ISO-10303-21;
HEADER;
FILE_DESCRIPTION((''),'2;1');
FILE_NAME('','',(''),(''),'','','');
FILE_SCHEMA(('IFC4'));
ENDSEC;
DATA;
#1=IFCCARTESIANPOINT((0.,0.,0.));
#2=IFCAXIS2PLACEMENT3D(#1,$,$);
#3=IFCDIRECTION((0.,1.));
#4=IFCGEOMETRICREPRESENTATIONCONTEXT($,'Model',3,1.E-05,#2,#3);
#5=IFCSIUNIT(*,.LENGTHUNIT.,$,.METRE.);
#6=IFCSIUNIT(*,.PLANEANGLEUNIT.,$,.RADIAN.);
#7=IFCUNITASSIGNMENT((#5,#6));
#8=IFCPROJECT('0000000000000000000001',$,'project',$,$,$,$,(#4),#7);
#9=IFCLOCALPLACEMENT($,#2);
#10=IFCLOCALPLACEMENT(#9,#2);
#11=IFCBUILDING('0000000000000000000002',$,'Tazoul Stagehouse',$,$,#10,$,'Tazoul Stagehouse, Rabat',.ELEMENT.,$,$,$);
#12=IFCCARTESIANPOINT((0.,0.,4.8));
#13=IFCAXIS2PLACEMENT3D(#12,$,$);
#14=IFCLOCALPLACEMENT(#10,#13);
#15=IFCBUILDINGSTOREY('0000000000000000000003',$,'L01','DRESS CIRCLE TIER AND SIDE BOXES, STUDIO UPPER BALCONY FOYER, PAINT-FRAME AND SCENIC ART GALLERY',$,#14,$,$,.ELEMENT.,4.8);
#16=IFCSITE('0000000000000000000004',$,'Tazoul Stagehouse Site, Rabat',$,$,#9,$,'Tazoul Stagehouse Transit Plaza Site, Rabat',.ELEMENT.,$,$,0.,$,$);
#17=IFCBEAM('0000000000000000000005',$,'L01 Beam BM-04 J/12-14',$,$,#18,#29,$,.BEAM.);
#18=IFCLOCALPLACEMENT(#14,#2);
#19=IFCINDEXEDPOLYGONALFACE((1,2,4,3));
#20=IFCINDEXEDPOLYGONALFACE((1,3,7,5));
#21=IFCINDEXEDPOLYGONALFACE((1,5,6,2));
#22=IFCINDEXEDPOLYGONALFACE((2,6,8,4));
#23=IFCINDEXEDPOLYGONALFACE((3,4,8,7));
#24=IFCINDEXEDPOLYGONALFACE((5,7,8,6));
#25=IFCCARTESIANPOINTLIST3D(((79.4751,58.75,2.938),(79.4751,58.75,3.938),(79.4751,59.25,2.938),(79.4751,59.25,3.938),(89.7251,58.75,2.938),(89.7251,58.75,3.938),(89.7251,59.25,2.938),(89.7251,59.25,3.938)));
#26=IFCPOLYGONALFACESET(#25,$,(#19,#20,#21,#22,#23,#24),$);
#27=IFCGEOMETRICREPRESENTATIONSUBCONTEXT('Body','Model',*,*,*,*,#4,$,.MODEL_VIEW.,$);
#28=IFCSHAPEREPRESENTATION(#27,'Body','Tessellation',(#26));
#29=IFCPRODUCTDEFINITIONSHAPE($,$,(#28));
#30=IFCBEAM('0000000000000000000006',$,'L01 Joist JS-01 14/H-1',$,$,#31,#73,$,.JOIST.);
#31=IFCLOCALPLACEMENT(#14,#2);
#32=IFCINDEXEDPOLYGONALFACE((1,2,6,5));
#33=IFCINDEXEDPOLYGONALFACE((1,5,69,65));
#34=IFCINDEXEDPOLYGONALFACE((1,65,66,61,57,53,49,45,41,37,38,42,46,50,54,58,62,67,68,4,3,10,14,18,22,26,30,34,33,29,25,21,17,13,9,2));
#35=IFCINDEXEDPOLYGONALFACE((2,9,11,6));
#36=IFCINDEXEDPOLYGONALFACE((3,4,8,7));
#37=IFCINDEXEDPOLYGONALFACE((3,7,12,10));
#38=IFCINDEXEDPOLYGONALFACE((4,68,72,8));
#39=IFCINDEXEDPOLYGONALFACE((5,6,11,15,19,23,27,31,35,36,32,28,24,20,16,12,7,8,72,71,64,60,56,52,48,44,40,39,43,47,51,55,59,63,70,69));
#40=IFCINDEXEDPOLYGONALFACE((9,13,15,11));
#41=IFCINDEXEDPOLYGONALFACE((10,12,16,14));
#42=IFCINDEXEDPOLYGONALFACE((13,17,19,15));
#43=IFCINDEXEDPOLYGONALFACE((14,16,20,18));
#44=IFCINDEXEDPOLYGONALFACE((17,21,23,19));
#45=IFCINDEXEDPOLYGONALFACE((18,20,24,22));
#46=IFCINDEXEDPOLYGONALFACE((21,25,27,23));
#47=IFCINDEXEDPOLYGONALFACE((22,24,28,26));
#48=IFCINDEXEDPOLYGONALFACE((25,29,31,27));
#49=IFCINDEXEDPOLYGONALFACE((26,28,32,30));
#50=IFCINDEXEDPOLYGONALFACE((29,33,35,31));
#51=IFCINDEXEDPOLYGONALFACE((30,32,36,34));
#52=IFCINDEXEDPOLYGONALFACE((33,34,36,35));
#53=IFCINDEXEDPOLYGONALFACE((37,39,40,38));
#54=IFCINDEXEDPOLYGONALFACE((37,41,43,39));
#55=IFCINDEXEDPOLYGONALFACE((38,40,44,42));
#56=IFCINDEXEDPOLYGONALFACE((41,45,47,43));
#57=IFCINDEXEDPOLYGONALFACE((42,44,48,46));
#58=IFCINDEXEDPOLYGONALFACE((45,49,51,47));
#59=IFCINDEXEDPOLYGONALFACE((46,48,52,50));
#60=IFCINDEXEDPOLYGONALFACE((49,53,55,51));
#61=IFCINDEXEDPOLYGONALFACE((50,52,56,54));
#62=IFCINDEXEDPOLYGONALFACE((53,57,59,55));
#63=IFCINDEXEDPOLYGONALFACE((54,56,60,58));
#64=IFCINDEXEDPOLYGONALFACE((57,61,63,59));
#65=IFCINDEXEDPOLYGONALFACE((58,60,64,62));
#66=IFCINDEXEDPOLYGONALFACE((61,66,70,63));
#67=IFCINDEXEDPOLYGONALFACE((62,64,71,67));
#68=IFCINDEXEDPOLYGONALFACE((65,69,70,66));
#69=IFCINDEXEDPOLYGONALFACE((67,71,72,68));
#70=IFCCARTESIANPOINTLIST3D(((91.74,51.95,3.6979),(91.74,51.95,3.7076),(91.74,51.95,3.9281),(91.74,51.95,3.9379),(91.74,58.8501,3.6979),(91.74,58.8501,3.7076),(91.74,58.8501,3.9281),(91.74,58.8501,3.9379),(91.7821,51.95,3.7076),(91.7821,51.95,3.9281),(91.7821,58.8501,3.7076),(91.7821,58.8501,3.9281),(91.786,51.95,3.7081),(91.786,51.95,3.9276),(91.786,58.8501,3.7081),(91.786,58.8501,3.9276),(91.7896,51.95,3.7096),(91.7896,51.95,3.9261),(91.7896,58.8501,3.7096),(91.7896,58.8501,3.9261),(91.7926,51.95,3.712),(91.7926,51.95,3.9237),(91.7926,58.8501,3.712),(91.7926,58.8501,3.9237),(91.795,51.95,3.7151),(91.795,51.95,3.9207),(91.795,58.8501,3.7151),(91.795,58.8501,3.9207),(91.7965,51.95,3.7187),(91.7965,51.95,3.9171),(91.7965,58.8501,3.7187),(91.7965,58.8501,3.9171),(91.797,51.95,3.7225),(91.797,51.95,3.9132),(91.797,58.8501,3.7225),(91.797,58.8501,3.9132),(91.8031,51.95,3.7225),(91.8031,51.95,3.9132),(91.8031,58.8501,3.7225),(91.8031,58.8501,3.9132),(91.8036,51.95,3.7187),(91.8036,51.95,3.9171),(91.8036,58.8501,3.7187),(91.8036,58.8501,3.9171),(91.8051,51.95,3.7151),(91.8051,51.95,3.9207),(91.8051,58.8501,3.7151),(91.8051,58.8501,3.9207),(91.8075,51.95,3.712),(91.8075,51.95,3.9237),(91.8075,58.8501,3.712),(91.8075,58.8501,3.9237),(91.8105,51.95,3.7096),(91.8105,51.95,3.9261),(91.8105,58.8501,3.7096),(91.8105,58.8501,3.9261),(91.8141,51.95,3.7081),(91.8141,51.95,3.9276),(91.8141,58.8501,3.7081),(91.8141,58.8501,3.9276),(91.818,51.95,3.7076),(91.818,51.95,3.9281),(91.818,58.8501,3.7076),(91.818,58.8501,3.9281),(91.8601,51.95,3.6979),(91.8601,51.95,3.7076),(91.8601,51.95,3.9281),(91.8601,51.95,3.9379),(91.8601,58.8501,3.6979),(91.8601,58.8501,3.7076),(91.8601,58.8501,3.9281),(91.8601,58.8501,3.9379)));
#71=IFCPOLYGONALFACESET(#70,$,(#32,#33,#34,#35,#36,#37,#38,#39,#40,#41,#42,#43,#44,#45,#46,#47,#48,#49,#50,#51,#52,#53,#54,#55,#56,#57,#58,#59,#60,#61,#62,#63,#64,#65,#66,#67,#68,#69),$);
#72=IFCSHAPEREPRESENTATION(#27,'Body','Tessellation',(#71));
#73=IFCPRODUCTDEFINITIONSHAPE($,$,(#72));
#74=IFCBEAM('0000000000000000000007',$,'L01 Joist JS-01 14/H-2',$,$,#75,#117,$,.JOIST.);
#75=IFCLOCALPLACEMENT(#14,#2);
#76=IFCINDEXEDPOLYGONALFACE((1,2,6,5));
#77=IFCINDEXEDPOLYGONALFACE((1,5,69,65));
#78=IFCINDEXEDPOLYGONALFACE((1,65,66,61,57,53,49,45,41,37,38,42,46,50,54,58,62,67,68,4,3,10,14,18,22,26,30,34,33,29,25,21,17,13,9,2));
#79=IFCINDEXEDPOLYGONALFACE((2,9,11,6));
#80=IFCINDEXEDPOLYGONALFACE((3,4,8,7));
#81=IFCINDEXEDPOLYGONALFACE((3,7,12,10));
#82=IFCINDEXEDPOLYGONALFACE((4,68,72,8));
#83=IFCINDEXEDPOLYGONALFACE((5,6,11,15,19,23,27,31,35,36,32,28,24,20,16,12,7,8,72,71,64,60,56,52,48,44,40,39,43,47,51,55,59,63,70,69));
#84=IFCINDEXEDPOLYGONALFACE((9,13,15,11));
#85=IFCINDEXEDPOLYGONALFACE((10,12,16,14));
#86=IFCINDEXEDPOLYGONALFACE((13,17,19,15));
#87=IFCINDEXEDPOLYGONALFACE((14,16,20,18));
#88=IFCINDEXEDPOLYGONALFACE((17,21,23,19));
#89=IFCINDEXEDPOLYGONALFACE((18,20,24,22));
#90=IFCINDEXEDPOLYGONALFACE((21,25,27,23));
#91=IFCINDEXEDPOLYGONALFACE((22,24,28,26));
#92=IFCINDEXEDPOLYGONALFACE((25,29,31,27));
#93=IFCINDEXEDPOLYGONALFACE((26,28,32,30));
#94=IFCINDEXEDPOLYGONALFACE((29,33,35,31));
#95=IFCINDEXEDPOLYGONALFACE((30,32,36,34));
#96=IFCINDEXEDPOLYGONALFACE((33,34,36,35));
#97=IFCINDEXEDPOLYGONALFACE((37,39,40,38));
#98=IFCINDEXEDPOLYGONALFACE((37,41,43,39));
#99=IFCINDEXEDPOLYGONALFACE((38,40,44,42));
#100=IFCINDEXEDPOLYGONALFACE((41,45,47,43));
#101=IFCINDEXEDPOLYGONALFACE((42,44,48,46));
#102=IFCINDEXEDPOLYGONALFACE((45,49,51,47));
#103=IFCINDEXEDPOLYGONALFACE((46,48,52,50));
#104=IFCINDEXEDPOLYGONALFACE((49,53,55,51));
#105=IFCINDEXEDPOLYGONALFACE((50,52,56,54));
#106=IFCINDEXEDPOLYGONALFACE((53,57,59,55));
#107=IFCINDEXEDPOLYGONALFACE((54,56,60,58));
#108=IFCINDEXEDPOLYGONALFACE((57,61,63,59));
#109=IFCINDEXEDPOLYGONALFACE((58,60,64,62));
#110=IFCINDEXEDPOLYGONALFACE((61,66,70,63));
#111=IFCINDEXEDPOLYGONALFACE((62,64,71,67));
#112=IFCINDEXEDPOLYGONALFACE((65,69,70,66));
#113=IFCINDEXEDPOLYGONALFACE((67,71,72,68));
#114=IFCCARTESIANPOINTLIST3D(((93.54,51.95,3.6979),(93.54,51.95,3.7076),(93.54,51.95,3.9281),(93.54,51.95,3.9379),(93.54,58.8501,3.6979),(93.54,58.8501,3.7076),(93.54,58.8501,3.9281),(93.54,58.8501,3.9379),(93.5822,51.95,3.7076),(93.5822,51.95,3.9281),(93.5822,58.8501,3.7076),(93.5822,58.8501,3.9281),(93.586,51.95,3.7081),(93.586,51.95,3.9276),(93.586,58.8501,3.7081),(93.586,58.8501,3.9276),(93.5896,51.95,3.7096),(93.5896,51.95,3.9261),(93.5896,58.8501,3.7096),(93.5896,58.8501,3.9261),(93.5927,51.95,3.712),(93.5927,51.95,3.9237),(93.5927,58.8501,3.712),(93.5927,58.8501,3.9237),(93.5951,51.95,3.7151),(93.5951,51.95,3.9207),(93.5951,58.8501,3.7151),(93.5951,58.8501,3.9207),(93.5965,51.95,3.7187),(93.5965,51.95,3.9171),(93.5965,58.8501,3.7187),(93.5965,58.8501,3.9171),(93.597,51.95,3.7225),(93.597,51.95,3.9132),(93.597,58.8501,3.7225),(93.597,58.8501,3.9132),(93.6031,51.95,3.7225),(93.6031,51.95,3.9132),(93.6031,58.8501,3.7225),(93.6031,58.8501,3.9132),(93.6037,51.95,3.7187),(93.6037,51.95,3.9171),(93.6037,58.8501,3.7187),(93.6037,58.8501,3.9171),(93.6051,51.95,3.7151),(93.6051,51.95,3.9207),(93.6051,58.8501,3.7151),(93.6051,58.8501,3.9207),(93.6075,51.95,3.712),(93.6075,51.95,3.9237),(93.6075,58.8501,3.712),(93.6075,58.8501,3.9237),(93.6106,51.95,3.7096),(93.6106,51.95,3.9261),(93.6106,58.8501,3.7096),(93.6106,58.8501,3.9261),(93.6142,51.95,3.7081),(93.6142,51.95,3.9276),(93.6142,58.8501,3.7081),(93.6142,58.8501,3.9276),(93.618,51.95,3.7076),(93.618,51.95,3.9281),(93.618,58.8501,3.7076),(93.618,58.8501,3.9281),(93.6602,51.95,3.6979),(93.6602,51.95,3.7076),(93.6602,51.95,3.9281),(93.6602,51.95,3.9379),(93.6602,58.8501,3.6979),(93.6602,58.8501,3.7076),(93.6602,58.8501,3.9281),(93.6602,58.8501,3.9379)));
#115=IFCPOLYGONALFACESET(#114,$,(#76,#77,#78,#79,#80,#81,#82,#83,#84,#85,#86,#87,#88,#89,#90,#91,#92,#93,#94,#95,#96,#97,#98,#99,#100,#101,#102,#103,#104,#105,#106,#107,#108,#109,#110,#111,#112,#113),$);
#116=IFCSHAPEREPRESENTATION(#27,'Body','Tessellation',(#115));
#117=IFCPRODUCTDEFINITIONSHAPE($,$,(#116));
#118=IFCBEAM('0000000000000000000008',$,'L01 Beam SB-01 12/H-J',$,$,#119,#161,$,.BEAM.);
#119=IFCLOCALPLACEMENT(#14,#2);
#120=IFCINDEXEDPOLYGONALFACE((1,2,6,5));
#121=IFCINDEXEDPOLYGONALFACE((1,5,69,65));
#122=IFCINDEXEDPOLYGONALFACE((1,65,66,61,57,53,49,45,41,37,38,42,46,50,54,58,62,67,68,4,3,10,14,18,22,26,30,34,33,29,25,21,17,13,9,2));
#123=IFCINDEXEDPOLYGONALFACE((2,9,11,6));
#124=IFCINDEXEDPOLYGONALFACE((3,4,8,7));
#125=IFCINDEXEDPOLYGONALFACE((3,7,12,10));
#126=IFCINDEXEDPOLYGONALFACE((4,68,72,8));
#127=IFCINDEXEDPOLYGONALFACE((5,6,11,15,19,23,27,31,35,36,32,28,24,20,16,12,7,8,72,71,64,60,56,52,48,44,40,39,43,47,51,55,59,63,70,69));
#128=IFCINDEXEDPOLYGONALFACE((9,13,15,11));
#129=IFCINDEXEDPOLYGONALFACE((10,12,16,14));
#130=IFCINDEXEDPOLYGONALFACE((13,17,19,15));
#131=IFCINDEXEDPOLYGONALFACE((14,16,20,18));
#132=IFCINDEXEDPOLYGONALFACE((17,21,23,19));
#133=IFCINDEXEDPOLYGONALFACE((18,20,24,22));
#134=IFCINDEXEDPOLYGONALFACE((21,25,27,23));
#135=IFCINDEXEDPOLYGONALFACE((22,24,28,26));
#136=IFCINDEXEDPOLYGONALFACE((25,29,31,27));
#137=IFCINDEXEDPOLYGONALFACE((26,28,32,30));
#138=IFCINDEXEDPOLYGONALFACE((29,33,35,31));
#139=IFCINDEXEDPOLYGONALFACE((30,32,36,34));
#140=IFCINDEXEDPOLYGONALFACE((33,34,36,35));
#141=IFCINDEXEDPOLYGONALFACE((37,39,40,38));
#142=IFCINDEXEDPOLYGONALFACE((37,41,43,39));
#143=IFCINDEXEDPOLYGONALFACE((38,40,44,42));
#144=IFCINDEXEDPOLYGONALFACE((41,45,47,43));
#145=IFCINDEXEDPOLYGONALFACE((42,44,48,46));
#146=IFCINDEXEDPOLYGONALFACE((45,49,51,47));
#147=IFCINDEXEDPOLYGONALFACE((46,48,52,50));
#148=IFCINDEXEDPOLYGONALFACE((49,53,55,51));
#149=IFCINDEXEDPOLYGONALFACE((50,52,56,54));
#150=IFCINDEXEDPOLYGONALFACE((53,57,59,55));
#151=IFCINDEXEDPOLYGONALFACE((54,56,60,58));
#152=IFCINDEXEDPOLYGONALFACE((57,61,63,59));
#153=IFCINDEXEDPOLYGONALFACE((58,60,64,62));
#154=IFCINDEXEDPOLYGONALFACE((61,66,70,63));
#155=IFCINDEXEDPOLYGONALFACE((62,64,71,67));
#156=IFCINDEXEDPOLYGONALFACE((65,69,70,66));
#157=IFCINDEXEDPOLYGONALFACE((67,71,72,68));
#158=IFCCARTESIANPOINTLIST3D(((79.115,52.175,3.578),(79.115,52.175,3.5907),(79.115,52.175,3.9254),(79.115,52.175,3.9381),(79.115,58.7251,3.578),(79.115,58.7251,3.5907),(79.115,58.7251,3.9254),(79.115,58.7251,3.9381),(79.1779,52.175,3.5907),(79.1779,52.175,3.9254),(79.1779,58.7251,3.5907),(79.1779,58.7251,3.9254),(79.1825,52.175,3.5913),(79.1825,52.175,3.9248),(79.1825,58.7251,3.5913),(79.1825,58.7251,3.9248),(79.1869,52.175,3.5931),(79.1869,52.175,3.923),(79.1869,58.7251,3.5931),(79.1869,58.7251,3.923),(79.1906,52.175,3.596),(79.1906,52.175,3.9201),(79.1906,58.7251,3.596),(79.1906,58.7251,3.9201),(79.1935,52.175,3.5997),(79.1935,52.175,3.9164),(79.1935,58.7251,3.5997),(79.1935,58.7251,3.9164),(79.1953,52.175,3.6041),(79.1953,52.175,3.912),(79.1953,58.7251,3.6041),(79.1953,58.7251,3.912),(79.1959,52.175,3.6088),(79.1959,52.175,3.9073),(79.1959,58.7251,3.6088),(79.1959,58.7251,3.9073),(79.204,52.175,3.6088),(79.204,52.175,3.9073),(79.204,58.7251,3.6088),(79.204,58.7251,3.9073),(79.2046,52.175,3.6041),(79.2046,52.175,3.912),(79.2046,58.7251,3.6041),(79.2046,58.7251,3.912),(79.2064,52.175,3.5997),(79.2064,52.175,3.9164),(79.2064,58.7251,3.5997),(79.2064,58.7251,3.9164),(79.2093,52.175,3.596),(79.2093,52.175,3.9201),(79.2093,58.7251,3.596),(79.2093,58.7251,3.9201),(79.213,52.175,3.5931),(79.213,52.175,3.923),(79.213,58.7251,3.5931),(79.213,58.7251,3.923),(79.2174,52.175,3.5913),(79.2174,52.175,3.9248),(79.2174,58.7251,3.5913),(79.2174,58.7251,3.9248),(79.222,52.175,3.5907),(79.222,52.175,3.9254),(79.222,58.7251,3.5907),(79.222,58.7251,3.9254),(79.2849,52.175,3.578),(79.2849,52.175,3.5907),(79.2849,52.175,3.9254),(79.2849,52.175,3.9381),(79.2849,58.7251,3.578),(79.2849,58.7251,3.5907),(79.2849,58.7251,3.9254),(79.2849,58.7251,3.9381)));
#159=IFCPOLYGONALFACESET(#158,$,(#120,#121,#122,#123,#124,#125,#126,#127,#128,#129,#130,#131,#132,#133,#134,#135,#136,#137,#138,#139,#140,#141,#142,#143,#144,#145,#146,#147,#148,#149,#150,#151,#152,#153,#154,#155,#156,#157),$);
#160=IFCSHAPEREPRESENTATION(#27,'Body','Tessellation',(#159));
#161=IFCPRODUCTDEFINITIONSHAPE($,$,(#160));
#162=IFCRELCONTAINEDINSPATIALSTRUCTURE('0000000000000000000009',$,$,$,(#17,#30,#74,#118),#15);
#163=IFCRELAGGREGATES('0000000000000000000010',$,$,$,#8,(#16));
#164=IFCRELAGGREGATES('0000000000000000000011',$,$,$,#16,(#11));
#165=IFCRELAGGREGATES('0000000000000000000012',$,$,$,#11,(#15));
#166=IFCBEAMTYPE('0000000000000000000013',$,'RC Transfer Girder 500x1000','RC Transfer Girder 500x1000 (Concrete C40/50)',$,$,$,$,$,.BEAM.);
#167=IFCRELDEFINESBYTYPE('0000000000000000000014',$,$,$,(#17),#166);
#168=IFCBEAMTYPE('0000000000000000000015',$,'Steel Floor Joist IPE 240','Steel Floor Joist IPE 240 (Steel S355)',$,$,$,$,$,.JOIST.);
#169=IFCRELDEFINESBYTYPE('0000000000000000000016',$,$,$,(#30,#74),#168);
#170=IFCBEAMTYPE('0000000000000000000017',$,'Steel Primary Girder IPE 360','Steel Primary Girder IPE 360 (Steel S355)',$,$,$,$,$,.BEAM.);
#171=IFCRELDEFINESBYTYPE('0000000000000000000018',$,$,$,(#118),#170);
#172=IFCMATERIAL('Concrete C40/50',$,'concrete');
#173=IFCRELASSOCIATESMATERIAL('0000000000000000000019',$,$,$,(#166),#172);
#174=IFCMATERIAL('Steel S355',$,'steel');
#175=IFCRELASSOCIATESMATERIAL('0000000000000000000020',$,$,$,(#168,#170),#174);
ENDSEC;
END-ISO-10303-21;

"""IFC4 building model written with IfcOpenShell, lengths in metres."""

from ifc_helpers import new_model, si_unit, direction, frame, origin, origin_2d, place, context, subcontext, project, spatial, rectangle, i_section, extrude, material, material_profile, profile_set, type_object, element, save


model = new_model("IFC4")

# Units and contexts
model_context = context("Model", 3, precision=1e-05, world=origin(), true_north=direction((0.0, 1.0)))
body_context = subcontext(model_context, "Body", "Model", "MODEL_VIEW")
ifc_project = project(units=[si_unit("LENGTHUNIT", "METRE"), si_unit("PLANEANGLEUNIT", "RADIAN")], contexts=[model_context])

# Site, building, storey
site_placement = place(None, origin())
site = spatial("IfcSite", under=ifc_project, at=site_placement, Name="Tazoul Stagehouse Site, Rabat", LongName="Tazoul Stagehouse Transit Plaza Site, Rabat", CompositionType="ELEMENT", RefElevation=0.0)
building_placement = place(site_placement, origin())
building = spatial("IfcBuilding", under=site, at=building_placement, Name="Tazoul Stagehouse", LongName="Tazoul Stagehouse, Rabat", CompositionType="ELEMENT")
storey_placement = place(building_placement, frame((0.0, 0.0, 4.8)))
storey = spatial("IfcBuildingStorey", under=building, at=storey_placement, Name="L01", Description="DRESS CIRCLE TIER AND SIDE BOXES, STUDIO UPPER BALCONY FOYER, PAINT-FRAME AND SCENIC ART GALLERY", CompositionType="ELEMENT", Elevation=4.8)

# Shared definitions
ifc_material_1 = material(Name="Concrete C40/50", Category="concrete")

# Beams
ifc_material_profile_1 = material_profile(ifc_material_1, rectangle(XDim=0.5, YDim=1.0, at=origin_2d()), Name="RC 500x1000")
ifc_profile_set_1 = profile_set([ifc_material_profile_1], Name="Concrete C40/50")
beam_type_1 = type_object("IfcBeamType", Name="RC Transfer Girder 500x1000", Description="RC Transfer Girder 500x1000 (Concrete C40/50)", PredefinedType="BEAM", material=ifc_profile_set_1)
beam_1_placement = place(storey_placement, frame((79.4751, 59.0, 3.438), z_axis=(1.0, 0.0, 0.0), x_axis=(0.0, 1.0, 0.0)))
element("IfcBeam", 1, at=beam_1_placement, inside=storey, type_object=beam_type_1, Name="L01 Beam BM-04 J/12-14", PredefinedType="BEAM", context=body_context, shape_type="SweptSolid", body=[
    extrude(rectangle(XDim=0.5, YDim=1.0, at=origin_2d()), origin(), (0.0, 0.0, 1.0), 10.25),
])
ifc_material_2 = material(Name="Steel S355", Category="steel")
ifc_material_profile_2 = material_profile(ifc_material_2, i_section(OverallWidth=0.1201, OverallDepth=0.24, WebThickness=0.0061, FlangeThickness=0.0098, FilletRadius=0.0149, at=origin_2d()), Name="IPE 240")
ifc_profile_set_2 = profile_set([ifc_material_profile_2], Name="Steel S355")
beam_type_2 = type_object("IfcBeamType", Name="Steel Floor Joist IPE 240", Description="Steel Floor Joist IPE 240 (Steel S355)", PredefinedType="JOIST", material=ifc_profile_set_2)
for number, where, z_axis, x_axis, name in (
    (2, (91.8, 51.95, 3.8179), (0.0, 1.0, 0.0), (-1.0, 0.0, 0.0), "L01 Joist JS-01 14/H-1"),
    (3, (93.6001, 51.95, 3.8179), (0.0, 1.0, 0.0), (-1.0, 0.0, 0.0), "L01 Joist JS-01 14/H-2"),
):
    element("IfcBeam", number, at=place(storey_placement, frame(where, z_axis=z_axis, x_axis=x_axis)), inside=storey, type_object=beam_type_2, Name=name, PredefinedType="JOIST", context=body_context, shape_type="SweptSolid", body=[
        extrude(i_section(OverallWidth=0.1201, OverallDepth=0.24, WebThickness=0.0061, FlangeThickness=0.0098, FilletRadius=0.0149, at=origin_2d()), origin(), (0.0, 0.0, 1.0), 6.9001),
    ])
ifc_material_profile_3 = material_profile(ifc_material_2, i_section(OverallWidth=0.1699, OverallDepth=0.3601, WebThickness=0.0081, FlangeThickness=0.0127, FilletRadius=0.0181, at=origin_2d()), Name="IPE 360")
ifc_profile_set_3 = profile_set([ifc_material_profile_3], Name="Steel S355")
beam_type_3 = type_object("IfcBeamType", Name="Steel Primary Girder IPE 360", Description="Steel Primary Girder IPE 360 (Steel S355)", PredefinedType="BEAM", material=ifc_profile_set_3)
beam_2_placement = place(storey_placement, frame((79.2, 52.175, 3.7581), z_axis=(0.0, 1.0, 0.0), x_axis=(-1.0, 0.0, 0.0)))
element("IfcBeam", 4, at=beam_2_placement, inside=storey, type_object=beam_type_3, Name="L01 Beam SB-01 12/H-J", PredefinedType="BEAM", context=body_context, shape_type="SweptSolid", body=[
    extrude(i_section(OverallWidth=0.1699, OverallDepth=0.3601, WebThickness=0.0081, FlangeThickness=0.0127, FilletRadius=0.0181, at=origin_2d()), origin(), (0.0, 0.0, 1.0), 6.55),
])

save(model, "model.ifc")
